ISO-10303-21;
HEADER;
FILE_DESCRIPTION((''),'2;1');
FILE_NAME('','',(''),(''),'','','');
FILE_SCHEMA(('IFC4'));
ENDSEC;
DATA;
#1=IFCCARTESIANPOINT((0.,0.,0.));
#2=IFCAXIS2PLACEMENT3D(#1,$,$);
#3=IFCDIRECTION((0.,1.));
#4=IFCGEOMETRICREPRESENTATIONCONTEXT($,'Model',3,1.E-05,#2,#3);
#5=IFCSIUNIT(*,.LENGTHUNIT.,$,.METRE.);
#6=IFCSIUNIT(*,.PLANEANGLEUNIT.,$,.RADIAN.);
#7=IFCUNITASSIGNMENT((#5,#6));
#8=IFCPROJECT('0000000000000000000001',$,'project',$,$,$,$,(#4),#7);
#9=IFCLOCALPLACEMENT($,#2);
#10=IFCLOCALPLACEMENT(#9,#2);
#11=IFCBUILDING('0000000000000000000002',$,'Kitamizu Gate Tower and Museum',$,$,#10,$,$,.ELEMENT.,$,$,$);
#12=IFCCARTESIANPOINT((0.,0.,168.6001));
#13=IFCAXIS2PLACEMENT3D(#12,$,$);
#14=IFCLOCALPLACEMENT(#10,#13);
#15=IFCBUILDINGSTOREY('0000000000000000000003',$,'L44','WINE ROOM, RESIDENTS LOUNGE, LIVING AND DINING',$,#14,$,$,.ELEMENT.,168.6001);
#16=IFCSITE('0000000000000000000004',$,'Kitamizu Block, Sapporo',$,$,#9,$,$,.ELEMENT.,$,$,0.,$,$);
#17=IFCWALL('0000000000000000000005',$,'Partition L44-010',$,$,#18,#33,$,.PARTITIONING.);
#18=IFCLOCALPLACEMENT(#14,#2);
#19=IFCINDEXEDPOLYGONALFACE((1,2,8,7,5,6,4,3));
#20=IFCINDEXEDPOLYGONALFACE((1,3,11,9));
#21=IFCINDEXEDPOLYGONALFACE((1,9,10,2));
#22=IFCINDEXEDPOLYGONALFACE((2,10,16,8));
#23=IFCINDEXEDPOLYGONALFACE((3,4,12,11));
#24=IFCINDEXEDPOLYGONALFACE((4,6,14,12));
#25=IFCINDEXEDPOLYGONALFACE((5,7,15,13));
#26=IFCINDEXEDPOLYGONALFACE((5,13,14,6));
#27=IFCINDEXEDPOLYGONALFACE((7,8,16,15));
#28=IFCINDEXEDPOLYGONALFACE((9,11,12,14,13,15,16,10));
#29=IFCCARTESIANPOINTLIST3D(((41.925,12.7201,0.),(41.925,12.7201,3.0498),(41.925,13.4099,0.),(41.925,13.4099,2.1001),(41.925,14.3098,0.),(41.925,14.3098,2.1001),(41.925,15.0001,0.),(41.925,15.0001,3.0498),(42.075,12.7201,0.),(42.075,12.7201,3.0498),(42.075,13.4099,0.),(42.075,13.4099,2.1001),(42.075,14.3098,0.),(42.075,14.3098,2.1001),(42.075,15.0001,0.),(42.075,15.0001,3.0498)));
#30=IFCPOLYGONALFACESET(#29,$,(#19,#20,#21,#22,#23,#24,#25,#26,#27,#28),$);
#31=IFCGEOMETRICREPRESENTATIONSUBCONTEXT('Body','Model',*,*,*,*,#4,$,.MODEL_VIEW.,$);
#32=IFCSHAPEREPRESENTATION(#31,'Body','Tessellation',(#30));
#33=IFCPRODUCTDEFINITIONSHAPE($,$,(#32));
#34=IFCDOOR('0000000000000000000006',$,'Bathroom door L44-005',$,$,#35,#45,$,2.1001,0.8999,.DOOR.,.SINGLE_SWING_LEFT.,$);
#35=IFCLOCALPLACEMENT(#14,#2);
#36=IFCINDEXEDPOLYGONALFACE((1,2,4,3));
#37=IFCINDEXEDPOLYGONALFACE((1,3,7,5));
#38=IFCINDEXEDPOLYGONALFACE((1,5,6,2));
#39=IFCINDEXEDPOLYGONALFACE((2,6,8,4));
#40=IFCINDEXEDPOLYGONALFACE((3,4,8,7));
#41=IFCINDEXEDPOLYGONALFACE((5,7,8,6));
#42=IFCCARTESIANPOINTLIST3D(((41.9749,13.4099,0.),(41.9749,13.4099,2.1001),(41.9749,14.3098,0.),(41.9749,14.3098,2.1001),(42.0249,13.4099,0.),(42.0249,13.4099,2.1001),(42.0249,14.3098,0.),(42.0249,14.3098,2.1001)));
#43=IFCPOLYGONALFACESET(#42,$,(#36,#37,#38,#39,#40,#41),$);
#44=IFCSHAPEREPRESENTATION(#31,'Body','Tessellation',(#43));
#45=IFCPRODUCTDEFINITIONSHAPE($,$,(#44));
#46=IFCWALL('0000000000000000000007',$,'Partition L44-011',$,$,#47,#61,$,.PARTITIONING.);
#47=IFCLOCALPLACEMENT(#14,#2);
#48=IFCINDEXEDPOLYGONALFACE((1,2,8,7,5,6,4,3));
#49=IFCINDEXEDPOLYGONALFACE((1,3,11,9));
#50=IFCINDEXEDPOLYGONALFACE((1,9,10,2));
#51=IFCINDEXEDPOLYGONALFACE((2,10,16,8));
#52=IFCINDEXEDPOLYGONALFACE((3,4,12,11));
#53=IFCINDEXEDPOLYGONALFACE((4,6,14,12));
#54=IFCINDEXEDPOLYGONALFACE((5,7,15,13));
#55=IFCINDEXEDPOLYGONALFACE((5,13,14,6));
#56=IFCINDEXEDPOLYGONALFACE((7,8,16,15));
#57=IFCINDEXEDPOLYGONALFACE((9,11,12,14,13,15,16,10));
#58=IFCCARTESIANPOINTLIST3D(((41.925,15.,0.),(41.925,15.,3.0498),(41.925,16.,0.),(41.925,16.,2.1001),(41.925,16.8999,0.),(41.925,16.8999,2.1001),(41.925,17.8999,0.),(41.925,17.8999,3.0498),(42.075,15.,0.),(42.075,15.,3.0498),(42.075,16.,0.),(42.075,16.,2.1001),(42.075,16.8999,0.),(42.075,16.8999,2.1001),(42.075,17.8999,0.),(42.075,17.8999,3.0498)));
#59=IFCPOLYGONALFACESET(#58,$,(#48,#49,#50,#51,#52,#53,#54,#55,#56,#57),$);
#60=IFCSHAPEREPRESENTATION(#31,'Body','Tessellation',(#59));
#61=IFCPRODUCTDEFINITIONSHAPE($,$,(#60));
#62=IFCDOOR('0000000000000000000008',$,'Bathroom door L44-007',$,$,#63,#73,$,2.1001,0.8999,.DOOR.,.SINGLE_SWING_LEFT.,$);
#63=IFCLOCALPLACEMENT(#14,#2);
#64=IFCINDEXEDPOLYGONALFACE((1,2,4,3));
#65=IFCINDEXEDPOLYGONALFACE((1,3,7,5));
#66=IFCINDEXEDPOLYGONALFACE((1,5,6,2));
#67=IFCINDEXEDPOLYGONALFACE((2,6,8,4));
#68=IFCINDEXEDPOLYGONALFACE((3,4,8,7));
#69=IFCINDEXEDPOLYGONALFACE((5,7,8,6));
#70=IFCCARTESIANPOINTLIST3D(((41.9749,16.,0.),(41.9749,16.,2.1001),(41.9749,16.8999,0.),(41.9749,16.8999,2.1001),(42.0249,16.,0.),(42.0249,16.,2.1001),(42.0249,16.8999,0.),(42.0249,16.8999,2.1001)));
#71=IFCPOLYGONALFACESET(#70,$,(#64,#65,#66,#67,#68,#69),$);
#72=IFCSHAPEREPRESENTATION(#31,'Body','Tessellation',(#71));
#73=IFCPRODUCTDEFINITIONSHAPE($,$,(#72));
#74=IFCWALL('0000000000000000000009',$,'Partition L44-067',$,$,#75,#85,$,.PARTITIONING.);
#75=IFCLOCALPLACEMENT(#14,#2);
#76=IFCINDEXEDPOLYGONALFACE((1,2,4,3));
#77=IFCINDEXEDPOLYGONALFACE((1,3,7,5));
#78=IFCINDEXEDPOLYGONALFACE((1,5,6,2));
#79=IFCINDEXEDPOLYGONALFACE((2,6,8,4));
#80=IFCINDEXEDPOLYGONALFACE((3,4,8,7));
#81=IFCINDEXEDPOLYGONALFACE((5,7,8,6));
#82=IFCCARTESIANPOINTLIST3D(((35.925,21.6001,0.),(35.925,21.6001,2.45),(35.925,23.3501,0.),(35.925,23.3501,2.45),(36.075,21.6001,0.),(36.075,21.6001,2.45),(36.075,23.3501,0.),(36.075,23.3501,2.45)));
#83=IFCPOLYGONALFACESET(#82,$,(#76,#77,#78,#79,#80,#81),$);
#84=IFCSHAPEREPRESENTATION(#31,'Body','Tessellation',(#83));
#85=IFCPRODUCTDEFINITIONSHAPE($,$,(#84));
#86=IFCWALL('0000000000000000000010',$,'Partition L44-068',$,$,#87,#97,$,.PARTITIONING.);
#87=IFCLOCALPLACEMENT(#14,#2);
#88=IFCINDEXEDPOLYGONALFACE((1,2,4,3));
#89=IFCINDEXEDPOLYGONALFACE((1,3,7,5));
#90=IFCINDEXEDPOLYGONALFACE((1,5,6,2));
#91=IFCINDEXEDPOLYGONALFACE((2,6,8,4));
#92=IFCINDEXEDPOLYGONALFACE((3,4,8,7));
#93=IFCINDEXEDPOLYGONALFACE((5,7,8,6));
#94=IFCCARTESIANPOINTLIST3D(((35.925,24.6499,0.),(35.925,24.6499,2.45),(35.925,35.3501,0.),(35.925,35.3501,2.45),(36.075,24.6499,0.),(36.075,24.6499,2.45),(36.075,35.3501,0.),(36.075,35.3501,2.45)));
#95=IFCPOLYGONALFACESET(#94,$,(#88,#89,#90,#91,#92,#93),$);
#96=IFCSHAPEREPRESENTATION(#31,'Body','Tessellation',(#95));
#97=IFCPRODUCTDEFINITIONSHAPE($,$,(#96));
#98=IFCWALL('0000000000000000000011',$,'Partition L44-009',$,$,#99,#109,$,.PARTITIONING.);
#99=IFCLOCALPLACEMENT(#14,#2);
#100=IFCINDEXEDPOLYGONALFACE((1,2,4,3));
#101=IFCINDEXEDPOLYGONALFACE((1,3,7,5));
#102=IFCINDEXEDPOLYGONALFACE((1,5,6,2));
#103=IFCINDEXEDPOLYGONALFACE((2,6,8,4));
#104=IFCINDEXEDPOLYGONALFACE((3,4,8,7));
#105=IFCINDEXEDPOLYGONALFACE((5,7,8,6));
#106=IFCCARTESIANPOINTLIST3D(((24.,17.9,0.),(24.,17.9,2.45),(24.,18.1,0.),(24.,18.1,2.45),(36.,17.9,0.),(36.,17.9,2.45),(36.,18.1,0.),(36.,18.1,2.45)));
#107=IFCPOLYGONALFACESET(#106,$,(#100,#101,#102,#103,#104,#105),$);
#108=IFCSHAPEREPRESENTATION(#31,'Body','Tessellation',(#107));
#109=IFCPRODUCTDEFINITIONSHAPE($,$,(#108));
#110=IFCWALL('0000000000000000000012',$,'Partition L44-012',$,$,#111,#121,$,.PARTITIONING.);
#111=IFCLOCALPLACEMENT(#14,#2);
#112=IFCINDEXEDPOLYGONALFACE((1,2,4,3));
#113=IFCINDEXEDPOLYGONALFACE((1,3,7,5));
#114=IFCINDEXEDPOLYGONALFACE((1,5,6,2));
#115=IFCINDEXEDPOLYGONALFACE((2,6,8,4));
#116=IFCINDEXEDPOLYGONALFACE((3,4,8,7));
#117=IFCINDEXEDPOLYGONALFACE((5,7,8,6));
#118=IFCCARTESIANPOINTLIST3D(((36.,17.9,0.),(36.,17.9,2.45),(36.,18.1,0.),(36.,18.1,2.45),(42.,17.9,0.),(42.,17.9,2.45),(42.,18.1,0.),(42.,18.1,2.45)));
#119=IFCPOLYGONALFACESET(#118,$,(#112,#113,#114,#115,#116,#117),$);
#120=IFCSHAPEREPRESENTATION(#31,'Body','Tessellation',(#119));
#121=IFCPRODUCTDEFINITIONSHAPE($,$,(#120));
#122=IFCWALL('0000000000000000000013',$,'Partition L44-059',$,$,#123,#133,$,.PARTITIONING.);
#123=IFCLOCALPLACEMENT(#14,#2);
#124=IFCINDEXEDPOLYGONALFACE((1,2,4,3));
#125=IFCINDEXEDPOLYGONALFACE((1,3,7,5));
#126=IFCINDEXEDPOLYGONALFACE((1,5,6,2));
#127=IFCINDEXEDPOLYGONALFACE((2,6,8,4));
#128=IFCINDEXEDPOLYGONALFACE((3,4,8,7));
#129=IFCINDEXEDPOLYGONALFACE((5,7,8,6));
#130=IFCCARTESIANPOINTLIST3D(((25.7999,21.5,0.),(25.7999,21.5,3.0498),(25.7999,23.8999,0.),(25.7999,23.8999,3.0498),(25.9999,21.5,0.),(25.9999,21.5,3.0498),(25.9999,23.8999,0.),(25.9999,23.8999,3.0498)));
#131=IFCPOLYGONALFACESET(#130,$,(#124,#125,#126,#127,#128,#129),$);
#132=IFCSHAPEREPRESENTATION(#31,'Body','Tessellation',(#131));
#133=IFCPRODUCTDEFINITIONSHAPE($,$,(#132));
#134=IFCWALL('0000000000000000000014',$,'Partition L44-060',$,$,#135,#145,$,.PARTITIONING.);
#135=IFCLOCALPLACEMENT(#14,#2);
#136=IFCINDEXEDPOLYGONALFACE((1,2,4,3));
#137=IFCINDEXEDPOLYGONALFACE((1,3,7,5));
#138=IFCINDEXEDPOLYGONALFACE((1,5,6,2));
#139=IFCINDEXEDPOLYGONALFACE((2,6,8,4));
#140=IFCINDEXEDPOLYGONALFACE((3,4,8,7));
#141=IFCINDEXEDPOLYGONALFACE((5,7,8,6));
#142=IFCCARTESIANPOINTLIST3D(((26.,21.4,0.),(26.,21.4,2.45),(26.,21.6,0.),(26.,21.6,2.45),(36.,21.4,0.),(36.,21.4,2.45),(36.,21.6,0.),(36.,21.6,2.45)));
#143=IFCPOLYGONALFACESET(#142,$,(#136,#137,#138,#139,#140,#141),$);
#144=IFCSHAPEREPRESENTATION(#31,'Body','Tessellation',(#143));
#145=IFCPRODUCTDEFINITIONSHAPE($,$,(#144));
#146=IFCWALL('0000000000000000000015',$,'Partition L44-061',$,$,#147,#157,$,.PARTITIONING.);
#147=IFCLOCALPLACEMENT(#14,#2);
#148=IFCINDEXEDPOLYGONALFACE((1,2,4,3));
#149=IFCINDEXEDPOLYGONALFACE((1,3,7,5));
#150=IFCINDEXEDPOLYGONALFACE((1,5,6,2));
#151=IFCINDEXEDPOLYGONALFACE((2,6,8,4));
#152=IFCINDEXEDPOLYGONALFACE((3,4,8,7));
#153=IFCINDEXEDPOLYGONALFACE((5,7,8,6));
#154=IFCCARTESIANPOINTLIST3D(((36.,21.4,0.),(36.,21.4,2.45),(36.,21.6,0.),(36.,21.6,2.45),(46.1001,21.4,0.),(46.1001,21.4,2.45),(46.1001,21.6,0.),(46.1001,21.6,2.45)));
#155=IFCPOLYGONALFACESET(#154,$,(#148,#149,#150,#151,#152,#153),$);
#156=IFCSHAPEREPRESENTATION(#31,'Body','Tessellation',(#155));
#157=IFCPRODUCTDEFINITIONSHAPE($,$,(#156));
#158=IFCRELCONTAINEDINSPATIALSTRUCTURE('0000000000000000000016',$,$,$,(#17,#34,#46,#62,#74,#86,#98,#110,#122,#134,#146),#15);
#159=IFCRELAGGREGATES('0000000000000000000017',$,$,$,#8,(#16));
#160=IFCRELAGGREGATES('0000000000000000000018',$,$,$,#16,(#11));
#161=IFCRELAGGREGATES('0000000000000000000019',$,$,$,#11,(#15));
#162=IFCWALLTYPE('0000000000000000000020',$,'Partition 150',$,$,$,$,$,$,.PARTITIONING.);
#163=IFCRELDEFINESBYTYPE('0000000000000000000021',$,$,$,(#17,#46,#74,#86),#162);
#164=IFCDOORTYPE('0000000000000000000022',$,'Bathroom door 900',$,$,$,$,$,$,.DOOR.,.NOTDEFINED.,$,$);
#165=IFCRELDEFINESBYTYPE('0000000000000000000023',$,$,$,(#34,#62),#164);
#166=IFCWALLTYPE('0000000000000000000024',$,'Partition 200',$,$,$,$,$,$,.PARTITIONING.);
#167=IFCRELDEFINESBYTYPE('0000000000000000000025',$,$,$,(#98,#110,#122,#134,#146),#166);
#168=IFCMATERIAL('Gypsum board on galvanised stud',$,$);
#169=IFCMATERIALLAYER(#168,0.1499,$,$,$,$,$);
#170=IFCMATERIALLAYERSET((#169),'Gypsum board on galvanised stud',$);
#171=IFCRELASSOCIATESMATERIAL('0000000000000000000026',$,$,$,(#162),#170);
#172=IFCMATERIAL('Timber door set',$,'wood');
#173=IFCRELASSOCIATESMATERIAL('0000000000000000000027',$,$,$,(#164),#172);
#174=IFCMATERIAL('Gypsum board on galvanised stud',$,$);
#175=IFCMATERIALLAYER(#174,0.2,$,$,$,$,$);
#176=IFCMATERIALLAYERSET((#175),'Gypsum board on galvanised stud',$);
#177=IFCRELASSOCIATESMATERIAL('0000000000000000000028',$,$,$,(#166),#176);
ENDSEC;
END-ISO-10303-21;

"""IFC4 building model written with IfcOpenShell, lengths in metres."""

from ifc_helpers import new_model, si_unit, direction, frame, frame_2d, origin, place, context, subcontext, project, spatial, rectangle, extrude, material, layer, layer_set, type_object, element, fill, save


model = new_model("IFC4")

# Units and contexts
model_context = context("Model", 3, precision=1e-05, world=origin(), true_north=direction((0.0, 1.0)))
body_context = subcontext(model_context, "Body", "Model", "MODEL_VIEW")
ifc_project = project(units=[si_unit("LENGTHUNIT", "METRE"), si_unit("PLANEANGLEUNIT", "RADIAN")], contexts=[model_context])

# Site, building, storey
site_placement = place(None, origin())
site = spatial("IfcSite", under=ifc_project, at=site_placement, Name="Kitamizu Block, Sapporo", CompositionType="ELEMENT", RefElevation=0.0)
building_placement = place(site_placement, origin())
building = spatial("IfcBuilding", under=site, at=building_placement, Name="Kitamizu Gate Tower and Museum", CompositionType="ELEMENT")
storey_placement = place(building_placement, frame((0.0, 0.0, 168.6001)))
storey = spatial("IfcBuildingStorey", under=building, at=storey_placement, Name="L44", Description="WINE ROOM, RESIDENTS LOUNGE, LIVING AND DINING", CompositionType="ELEMENT", Elevation=168.6001)

# Walls, openings, doors
ifc_material_1 = material(Name="Gypsum board on galvanised stud")
ifc_layer_1 = layer(ifc_material_1, 0.1499)
ifc_layer_set_1 = layer_set([ifc_layer_1], Name="Gypsum board on galvanised stud")
wall_type_1 = type_object("IfcWallType", Name="Partition 150", PredefinedType="PARTITIONING", material=ifc_layer_set_1)
wall_1_placement = place(storey_placement, frame((42.0, 12.72, 0.0), z_axis=(0.0, 0.0, 1.0), x_axis=(0.0, 1.0, 0.0)))
wall_1 = element("IfcWall", 1, at=wall_1_placement, inside=storey, type_object=wall_type_1, Name="Partition L44-010", PredefinedType="PARTITIONING", context=body_context, shape_type="SweptSolid", body=[
    extrude(rectangle(XDim=2.28, YDim=0.1499, at=frame_2d((1.1401, 0.0))), origin(), (0.0, 0.0, 1.0), 3.0498),
])
opening_1_placement = place(wall_1_placement, frame((0.6899, 0.0, 0.0)))
opening_1 = element("IfcOpeningElement", 2, at=opening_1_placement, cuts=wall_1, PredefinedType="OPENING", context=body_context, shape_type="SweptSolid", body=[
    extrude(rectangle(XDim=0.8999, YDim=2.1001, at=frame_2d((0.45, 1.05))), frame((0.0, 0.085, 0.0), z_axis=(0.0, -1.0, 0.0), x_axis=(1.0, 0.0, 0.0)), (0.0, 0.0, 1.0), 0.1699),
])
ifc_material_2 = material(Name="Timber door set", Category="wood")
door_type_1 = type_object("IfcDoorType", Name="Bathroom door 900", OperationType="NOTDEFINED", PredefinedType="DOOR", material=ifc_material_2)
door_1_placement = place(opening_1_placement, frame((0.8999, 0.0, 0.0), x_axis=(-1.0, 0.0, 0.0)))
door_1 = element("IfcDoor", 3, at=door_1_placement, inside=storey, type_object=door_type_1, Name="Bathroom door L44-005", OperationType="SINGLE_SWING_LEFT", OverallHeight=2.1001, OverallWidth=0.8999, PredefinedType="DOOR", context=body_context, shape_type="SweptSolid", body=[
    extrude(rectangle(XDim=0.8999, YDim=2.1001, at=frame_2d((0.45, 1.05))), frame((0.0, 0.0249, 0.0), z_axis=(0.0, -1.0, 0.0), x_axis=(1.0, 0.0, 0.0)), (0.0, 0.0, 1.0), 0.05),
])
fill(opening_1, door_1)
wall_2_placement = place(storey_placement, frame((42.0, 15.0, 0.0), z_axis=(0.0, 0.0, 1.0), x_axis=(0.0, 1.0, 0.0)))
wall_2 = element("IfcWall", 4, at=wall_2_placement, inside=storey, type_object=wall_type_1, Name="Partition L44-011", PredefinedType="PARTITIONING", context=body_context, shape_type="SweptSolid", body=[
    extrude(rectangle(XDim=2.8999, YDim=0.1499, at=frame_2d((1.45, 0.0))), origin(), (0.0, 0.0, 1.0), 3.0498),
])
opening_2_placement = place(wall_2_placement, frame((1.0, 0.0, 0.0)))
opening_2 = element("IfcOpeningElement", 5, at=opening_2_placement, cuts=wall_2, PredefinedType="OPENING", context=body_context, shape_type="SweptSolid", body=[
    extrude(rectangle(XDim=0.8999, YDim=2.1001, at=frame_2d((0.45, 1.05))), frame((0.0, 0.085, 0.0), z_axis=(0.0, -1.0, 0.0), x_axis=(1.0, 0.0, 0.0)), (0.0, 0.0, 1.0), 0.1699),
])
door_2_placement = place(opening_2_placement, frame((0.8999, 0.0, 0.0), x_axis=(-1.0, 0.0, 0.0)))
door_2 = element("IfcDoor", 6, at=door_2_placement, inside=storey, type_object=door_type_1, Name="Bathroom door L44-007", OperationType="SINGLE_SWING_LEFT", OverallHeight=2.1001, OverallWidth=0.8999, PredefinedType="DOOR", context=body_context, shape_type="SweptSolid", body=[
    extrude(rectangle(XDim=0.8999, YDim=2.1001, at=frame_2d((0.45, 1.05))), frame((0.0, 0.0249, 0.0), z_axis=(0.0, -1.0, 0.0), x_axis=(1.0, 0.0, 0.0)), (0.0, 0.0, 1.0), 0.05),
])
fill(opening_2, door_2)

# Walls
wall_3_placement = place(storey_placement, frame((36.0, 21.6001, 0.0), z_axis=(0.0, 0.0, 1.0), x_axis=(0.0, 1.0, 0.0)))
element("IfcWall", 7, at=wall_3_placement, inside=storey, type_object=wall_type_1, Name="Partition L44-067", PredefinedType="PARTITIONING", context=body_context, shape_type="SweptSolid", body=[
    extrude(rectangle(XDim=1.75, YDim=0.1499, at=frame_2d((0.875, 0.0))), origin(), (0.0, 0.0, 1.0), 2.45),
])
wall_4_placement = place(storey_placement, frame((36.0, 24.6499, 0.0), z_axis=(0.0, 0.0, 1.0), x_axis=(0.0, 1.0, 0.0)))
element("IfcWall", 8, at=wall_4_placement, inside=storey, type_object=wall_type_1, Name="Partition L44-068", PredefinedType="PARTITIONING", context=body_context, shape_type="SweptSolid", body=[
    extrude(rectangle(XDim=10.7002, YDim=0.1499, at=frame_2d((5.3501, 0.0))), origin(), (0.0, 0.0, 1.0), 2.45),
])
ifc_material_3 = material(Name="Gypsum board on galvanised stud")
ifc_layer_2 = layer(ifc_material_3, 0.2)
ifc_layer_set_2 = layer_set([ifc_layer_2], Name="Gypsum board on galvanised stud")
wall_type_2 = type_object("IfcWallType", Name="Partition 200", PredefinedType="PARTITIONING", material=ifc_layer_set_2)
wall_5_placement = place(storey_placement, frame((36.0, 18.0, 0.0), z_axis=(0.0, 0.0, 1.0), x_axis=(-1.0, 0.0, 0.0)))
element("IfcWall", 9, at=wall_5_placement, inside=storey, type_object=wall_type_2, Name="Partition L44-009", PredefinedType="PARTITIONING", context=body_context, shape_type="SweptSolid", body=[
    extrude(rectangle(XDim=12.0, YDim=0.2, at=frame_2d((6.0, 0.0))), origin(), (0.0, 0.0, 1.0), 2.45),
])
wall_6_placement = place(storey_placement, frame((42.0, 18.0, 0.0), z_axis=(0.0, 0.0, 1.0), x_axis=(-1.0, 0.0, 0.0)))
element("IfcWall", 10, at=wall_6_placement, inside=storey, type_object=wall_type_2, Name="Partition L44-012", PredefinedType="PARTITIONING", context=body_context, shape_type="SweptSolid", body=[
    extrude(rectangle(XDim=6.0, YDim=0.2, at=frame_2d((3.0, 0.0))), origin(), (0.0, 0.0, 1.0), 2.45),
])
wall_7_placement = place(storey_placement, frame((25.8999, 23.8999, 0.0), z_axis=(0.0, 0.0, 1.0), x_axis=(0.0, -1.0, 0.0)))
element("IfcWall", 11, at=wall_7_placement, inside=storey, type_object=wall_type_2, Name="Partition L44-059", PredefinedType="PARTITIONING", context=body_context, shape_type="SweptSolid", body=[
    extrude(rectangle(XDim=2.3999, YDim=0.2, at=frame_2d((1.2, 0.0))), origin(), (0.0, 0.0, 1.0), 3.0498),
])
wall_8_placement = place(storey_placement, frame((26.0, 21.5, 0.0), z_axis=(0.0, 0.0, 1.0), x_axis=(1.0, 0.0, 0.0)))
element("IfcWall", 12, at=wall_8_placement, inside=storey, type_object=wall_type_2, Name="Partition L44-060", PredefinedType="PARTITIONING", context=body_context, shape_type="SweptSolid", body=[
    extrude(rectangle(XDim=10.0, YDim=0.2, at=frame_2d((5.0, 0.0))), origin(), (0.0, 0.0, 1.0), 2.45),
])
wall_9_placement = place(storey_placement, frame((36.0, 21.5, 0.0), z_axis=(0.0, 0.0, 1.0), x_axis=(1.0, 0.0, 0.0)))
element("IfcWall", 13, at=wall_9_placement, inside=storey, type_object=wall_type_2, Name="Partition L44-061", PredefinedType="PARTITIONING", context=body_context, shape_type="SweptSolid", body=[
    extrude(rectangle(XDim=10.1001, YDim=0.2, at=frame_2d((5.05, 0.0))), origin(), (0.0, 0.0, 1.0), 2.45),
])

save(model, "model.ifc")
